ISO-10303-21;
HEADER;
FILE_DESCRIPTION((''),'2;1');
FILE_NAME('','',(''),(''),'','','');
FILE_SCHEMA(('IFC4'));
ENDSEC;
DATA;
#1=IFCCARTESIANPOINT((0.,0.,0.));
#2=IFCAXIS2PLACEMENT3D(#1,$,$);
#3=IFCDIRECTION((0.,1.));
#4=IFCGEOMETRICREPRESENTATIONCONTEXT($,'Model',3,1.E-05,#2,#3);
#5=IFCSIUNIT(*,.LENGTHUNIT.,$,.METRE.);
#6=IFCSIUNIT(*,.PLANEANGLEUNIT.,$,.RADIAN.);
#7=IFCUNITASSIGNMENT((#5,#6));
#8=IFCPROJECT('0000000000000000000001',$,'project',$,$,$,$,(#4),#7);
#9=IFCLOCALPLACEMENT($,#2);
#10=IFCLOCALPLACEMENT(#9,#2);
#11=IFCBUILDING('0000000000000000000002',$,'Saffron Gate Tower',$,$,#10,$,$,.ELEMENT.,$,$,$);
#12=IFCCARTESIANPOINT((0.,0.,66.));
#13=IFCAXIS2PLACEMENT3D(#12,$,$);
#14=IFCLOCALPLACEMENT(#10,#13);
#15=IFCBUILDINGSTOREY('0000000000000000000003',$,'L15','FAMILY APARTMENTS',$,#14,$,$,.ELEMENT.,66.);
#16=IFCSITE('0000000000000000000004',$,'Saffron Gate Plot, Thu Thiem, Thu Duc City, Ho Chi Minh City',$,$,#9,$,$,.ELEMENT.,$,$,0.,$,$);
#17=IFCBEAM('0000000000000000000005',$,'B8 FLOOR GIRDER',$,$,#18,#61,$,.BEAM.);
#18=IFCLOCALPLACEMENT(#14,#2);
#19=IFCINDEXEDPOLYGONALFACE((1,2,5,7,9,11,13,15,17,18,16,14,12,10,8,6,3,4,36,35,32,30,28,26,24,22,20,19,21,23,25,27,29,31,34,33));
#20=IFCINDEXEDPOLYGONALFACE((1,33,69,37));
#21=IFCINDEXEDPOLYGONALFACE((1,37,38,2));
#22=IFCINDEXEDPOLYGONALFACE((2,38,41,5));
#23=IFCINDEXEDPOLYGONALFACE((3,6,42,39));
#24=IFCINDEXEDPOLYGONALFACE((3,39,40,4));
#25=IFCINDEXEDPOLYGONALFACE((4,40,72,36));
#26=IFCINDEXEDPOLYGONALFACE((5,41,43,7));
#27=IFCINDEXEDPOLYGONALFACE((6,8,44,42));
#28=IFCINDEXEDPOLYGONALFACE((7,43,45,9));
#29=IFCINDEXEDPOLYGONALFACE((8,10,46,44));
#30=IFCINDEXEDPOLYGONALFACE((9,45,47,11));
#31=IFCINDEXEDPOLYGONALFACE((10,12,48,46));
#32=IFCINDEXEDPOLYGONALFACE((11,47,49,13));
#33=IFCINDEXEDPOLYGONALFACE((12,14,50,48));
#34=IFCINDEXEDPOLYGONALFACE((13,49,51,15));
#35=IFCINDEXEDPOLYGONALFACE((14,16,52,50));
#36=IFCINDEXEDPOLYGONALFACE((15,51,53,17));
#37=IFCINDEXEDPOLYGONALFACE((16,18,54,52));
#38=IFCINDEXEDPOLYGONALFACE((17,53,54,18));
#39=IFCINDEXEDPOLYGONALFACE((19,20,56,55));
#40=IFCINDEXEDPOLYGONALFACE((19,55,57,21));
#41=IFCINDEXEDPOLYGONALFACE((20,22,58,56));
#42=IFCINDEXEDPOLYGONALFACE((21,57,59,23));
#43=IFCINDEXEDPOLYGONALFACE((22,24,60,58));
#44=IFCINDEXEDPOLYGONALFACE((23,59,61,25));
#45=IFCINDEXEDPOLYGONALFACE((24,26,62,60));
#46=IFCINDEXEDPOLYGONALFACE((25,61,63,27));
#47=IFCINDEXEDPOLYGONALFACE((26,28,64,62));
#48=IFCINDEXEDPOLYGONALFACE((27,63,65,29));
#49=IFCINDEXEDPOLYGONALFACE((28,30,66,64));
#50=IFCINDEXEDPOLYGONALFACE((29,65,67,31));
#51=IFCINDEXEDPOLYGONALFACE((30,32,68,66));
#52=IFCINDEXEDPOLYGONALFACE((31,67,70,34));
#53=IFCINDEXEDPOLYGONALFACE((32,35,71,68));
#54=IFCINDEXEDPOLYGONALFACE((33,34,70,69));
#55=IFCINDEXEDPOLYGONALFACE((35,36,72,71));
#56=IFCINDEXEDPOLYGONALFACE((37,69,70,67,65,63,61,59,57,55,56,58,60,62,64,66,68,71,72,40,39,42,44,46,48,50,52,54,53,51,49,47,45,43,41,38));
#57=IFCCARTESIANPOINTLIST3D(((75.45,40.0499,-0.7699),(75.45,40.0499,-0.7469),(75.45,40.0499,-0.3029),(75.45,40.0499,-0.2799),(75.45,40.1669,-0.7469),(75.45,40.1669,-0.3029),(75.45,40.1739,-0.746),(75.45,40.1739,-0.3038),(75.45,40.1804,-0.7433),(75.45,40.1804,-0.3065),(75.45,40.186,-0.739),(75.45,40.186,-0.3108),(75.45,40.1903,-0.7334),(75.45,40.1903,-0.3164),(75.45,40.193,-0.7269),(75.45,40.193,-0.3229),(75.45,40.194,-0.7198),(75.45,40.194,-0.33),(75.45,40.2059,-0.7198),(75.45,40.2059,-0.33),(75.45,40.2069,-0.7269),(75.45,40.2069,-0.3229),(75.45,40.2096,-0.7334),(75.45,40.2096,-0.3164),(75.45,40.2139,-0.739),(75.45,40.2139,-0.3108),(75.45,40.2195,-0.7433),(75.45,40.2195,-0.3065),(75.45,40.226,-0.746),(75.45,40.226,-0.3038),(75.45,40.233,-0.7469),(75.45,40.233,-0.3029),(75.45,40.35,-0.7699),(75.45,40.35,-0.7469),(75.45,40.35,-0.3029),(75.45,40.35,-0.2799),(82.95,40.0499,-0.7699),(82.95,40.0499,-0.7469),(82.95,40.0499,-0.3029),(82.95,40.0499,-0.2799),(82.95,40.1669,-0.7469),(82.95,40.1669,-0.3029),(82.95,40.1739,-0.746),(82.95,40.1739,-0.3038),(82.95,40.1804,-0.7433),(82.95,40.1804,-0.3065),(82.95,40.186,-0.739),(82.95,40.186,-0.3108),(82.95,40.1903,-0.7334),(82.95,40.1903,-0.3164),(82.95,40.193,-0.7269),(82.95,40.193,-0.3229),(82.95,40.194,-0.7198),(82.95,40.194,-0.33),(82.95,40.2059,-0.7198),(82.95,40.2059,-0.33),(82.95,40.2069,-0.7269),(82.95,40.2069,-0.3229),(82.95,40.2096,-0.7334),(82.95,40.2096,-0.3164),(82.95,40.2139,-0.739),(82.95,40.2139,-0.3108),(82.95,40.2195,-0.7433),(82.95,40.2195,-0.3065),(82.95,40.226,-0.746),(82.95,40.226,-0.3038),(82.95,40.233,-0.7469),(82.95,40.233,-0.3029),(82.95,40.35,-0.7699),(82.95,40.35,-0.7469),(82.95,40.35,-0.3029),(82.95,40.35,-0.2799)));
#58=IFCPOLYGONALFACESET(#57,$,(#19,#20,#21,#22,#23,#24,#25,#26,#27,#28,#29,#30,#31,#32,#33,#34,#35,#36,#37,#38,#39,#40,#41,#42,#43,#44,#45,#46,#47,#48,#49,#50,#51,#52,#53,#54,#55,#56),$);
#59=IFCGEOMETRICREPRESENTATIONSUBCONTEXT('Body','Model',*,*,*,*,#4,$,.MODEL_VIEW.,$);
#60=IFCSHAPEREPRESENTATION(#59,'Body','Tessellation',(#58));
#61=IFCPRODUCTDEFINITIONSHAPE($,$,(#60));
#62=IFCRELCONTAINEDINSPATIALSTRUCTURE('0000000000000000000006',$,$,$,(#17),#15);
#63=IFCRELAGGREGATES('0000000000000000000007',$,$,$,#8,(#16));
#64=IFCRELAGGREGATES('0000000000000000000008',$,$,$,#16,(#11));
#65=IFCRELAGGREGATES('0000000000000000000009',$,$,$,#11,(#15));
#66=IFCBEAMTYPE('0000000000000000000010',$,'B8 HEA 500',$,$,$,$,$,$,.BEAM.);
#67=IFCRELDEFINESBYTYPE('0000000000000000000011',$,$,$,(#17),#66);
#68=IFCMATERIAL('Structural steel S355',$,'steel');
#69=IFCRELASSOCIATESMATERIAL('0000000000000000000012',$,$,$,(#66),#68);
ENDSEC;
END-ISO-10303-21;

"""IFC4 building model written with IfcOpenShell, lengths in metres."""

from ifc_helpers import new_model, si_unit, direction, frame, origin, origin_2d, place, context, subcontext, project, spatial, i_section, extrude, material, material_profile, profile_set, type_object, element, save


model = new_model("IFC4")

# Units and contexts
model_context = context("Model", 3, precision=1e-05, world=origin(), true_north=direction((0.0, 1.0)))
body_context = subcontext(model_context, "Body", "Model", "MODEL_VIEW")
ifc_project = project(units=[si_unit("LENGTHUNIT", "METRE"), si_unit("PLANEANGLEUNIT", "RADIAN")], contexts=[model_context])

# Site, building, storey
site_placement = place(None, origin())
site = spatial("IfcSite", under=ifc_project, at=site_placement, Name="Saffron Gate Plot, Thu Thiem, Thu Duc City, Ho Chi Minh City", CompositionType="ELEMENT", RefElevation=0.0)
building_placement = place(site_placement, origin())
building = spatial("IfcBuilding", under=site, at=building_placement, Name="Saffron Gate Tower", CompositionType="ELEMENT")
storey_placement = place(building_placement, frame((0.0, 0.0, 66.0)))
storey = spatial("IfcBuildingStorey", under=building, at=storey_placement, Name="L15", Description="FAMILY APARTMENTS", CompositionType="ELEMENT", Elevation=66.0)

# Beam
ifc_material_1 = material(Name="Structural steel S355", Category="steel")
ifc_material_profile_1 = material_profile(ifc_material_1, i_section(OverallWidth=0.3, OverallDepth=0.49, WebThickness=0.012, FlangeThickness=0.0229, FilletRadius=0.0271, at=origin_2d()))
ifc_profile_set_1 = profile_set([ifc_material_profile_1], Name="Structural steel S355")
beam_type_1 = type_object("IfcBeamType", Name="B8 HEA 500", PredefinedType="BEAM", material=ifc_profile_set_1)
for number, where, z_axis, x_axis, name in (
    (1, (75.45, 40.2, -0.5249), (1.0, 0.0, 0.0), (0.0, 1.0, 0.0), "B8 FLOOR GIRDER"),
):
    element("IfcBeam", number, at=place(storey_placement, frame(where, z_axis=z_axis, x_axis=x_axis)), inside=storey, type_object=beam_type_1, Name=name, PredefinedType="BEAM", context=body_context, shape_type="SweptSolid", body=[
        extrude(i_section(OverallWidth=0.3, OverallDepth=0.49, WebThickness=0.012, FlangeThickness=0.0229, FilletRadius=0.0271, at=origin_2d()), origin(), (0.0, 0.0, 1.0), 7.5),
    ])

save(model, "model.ifc")
